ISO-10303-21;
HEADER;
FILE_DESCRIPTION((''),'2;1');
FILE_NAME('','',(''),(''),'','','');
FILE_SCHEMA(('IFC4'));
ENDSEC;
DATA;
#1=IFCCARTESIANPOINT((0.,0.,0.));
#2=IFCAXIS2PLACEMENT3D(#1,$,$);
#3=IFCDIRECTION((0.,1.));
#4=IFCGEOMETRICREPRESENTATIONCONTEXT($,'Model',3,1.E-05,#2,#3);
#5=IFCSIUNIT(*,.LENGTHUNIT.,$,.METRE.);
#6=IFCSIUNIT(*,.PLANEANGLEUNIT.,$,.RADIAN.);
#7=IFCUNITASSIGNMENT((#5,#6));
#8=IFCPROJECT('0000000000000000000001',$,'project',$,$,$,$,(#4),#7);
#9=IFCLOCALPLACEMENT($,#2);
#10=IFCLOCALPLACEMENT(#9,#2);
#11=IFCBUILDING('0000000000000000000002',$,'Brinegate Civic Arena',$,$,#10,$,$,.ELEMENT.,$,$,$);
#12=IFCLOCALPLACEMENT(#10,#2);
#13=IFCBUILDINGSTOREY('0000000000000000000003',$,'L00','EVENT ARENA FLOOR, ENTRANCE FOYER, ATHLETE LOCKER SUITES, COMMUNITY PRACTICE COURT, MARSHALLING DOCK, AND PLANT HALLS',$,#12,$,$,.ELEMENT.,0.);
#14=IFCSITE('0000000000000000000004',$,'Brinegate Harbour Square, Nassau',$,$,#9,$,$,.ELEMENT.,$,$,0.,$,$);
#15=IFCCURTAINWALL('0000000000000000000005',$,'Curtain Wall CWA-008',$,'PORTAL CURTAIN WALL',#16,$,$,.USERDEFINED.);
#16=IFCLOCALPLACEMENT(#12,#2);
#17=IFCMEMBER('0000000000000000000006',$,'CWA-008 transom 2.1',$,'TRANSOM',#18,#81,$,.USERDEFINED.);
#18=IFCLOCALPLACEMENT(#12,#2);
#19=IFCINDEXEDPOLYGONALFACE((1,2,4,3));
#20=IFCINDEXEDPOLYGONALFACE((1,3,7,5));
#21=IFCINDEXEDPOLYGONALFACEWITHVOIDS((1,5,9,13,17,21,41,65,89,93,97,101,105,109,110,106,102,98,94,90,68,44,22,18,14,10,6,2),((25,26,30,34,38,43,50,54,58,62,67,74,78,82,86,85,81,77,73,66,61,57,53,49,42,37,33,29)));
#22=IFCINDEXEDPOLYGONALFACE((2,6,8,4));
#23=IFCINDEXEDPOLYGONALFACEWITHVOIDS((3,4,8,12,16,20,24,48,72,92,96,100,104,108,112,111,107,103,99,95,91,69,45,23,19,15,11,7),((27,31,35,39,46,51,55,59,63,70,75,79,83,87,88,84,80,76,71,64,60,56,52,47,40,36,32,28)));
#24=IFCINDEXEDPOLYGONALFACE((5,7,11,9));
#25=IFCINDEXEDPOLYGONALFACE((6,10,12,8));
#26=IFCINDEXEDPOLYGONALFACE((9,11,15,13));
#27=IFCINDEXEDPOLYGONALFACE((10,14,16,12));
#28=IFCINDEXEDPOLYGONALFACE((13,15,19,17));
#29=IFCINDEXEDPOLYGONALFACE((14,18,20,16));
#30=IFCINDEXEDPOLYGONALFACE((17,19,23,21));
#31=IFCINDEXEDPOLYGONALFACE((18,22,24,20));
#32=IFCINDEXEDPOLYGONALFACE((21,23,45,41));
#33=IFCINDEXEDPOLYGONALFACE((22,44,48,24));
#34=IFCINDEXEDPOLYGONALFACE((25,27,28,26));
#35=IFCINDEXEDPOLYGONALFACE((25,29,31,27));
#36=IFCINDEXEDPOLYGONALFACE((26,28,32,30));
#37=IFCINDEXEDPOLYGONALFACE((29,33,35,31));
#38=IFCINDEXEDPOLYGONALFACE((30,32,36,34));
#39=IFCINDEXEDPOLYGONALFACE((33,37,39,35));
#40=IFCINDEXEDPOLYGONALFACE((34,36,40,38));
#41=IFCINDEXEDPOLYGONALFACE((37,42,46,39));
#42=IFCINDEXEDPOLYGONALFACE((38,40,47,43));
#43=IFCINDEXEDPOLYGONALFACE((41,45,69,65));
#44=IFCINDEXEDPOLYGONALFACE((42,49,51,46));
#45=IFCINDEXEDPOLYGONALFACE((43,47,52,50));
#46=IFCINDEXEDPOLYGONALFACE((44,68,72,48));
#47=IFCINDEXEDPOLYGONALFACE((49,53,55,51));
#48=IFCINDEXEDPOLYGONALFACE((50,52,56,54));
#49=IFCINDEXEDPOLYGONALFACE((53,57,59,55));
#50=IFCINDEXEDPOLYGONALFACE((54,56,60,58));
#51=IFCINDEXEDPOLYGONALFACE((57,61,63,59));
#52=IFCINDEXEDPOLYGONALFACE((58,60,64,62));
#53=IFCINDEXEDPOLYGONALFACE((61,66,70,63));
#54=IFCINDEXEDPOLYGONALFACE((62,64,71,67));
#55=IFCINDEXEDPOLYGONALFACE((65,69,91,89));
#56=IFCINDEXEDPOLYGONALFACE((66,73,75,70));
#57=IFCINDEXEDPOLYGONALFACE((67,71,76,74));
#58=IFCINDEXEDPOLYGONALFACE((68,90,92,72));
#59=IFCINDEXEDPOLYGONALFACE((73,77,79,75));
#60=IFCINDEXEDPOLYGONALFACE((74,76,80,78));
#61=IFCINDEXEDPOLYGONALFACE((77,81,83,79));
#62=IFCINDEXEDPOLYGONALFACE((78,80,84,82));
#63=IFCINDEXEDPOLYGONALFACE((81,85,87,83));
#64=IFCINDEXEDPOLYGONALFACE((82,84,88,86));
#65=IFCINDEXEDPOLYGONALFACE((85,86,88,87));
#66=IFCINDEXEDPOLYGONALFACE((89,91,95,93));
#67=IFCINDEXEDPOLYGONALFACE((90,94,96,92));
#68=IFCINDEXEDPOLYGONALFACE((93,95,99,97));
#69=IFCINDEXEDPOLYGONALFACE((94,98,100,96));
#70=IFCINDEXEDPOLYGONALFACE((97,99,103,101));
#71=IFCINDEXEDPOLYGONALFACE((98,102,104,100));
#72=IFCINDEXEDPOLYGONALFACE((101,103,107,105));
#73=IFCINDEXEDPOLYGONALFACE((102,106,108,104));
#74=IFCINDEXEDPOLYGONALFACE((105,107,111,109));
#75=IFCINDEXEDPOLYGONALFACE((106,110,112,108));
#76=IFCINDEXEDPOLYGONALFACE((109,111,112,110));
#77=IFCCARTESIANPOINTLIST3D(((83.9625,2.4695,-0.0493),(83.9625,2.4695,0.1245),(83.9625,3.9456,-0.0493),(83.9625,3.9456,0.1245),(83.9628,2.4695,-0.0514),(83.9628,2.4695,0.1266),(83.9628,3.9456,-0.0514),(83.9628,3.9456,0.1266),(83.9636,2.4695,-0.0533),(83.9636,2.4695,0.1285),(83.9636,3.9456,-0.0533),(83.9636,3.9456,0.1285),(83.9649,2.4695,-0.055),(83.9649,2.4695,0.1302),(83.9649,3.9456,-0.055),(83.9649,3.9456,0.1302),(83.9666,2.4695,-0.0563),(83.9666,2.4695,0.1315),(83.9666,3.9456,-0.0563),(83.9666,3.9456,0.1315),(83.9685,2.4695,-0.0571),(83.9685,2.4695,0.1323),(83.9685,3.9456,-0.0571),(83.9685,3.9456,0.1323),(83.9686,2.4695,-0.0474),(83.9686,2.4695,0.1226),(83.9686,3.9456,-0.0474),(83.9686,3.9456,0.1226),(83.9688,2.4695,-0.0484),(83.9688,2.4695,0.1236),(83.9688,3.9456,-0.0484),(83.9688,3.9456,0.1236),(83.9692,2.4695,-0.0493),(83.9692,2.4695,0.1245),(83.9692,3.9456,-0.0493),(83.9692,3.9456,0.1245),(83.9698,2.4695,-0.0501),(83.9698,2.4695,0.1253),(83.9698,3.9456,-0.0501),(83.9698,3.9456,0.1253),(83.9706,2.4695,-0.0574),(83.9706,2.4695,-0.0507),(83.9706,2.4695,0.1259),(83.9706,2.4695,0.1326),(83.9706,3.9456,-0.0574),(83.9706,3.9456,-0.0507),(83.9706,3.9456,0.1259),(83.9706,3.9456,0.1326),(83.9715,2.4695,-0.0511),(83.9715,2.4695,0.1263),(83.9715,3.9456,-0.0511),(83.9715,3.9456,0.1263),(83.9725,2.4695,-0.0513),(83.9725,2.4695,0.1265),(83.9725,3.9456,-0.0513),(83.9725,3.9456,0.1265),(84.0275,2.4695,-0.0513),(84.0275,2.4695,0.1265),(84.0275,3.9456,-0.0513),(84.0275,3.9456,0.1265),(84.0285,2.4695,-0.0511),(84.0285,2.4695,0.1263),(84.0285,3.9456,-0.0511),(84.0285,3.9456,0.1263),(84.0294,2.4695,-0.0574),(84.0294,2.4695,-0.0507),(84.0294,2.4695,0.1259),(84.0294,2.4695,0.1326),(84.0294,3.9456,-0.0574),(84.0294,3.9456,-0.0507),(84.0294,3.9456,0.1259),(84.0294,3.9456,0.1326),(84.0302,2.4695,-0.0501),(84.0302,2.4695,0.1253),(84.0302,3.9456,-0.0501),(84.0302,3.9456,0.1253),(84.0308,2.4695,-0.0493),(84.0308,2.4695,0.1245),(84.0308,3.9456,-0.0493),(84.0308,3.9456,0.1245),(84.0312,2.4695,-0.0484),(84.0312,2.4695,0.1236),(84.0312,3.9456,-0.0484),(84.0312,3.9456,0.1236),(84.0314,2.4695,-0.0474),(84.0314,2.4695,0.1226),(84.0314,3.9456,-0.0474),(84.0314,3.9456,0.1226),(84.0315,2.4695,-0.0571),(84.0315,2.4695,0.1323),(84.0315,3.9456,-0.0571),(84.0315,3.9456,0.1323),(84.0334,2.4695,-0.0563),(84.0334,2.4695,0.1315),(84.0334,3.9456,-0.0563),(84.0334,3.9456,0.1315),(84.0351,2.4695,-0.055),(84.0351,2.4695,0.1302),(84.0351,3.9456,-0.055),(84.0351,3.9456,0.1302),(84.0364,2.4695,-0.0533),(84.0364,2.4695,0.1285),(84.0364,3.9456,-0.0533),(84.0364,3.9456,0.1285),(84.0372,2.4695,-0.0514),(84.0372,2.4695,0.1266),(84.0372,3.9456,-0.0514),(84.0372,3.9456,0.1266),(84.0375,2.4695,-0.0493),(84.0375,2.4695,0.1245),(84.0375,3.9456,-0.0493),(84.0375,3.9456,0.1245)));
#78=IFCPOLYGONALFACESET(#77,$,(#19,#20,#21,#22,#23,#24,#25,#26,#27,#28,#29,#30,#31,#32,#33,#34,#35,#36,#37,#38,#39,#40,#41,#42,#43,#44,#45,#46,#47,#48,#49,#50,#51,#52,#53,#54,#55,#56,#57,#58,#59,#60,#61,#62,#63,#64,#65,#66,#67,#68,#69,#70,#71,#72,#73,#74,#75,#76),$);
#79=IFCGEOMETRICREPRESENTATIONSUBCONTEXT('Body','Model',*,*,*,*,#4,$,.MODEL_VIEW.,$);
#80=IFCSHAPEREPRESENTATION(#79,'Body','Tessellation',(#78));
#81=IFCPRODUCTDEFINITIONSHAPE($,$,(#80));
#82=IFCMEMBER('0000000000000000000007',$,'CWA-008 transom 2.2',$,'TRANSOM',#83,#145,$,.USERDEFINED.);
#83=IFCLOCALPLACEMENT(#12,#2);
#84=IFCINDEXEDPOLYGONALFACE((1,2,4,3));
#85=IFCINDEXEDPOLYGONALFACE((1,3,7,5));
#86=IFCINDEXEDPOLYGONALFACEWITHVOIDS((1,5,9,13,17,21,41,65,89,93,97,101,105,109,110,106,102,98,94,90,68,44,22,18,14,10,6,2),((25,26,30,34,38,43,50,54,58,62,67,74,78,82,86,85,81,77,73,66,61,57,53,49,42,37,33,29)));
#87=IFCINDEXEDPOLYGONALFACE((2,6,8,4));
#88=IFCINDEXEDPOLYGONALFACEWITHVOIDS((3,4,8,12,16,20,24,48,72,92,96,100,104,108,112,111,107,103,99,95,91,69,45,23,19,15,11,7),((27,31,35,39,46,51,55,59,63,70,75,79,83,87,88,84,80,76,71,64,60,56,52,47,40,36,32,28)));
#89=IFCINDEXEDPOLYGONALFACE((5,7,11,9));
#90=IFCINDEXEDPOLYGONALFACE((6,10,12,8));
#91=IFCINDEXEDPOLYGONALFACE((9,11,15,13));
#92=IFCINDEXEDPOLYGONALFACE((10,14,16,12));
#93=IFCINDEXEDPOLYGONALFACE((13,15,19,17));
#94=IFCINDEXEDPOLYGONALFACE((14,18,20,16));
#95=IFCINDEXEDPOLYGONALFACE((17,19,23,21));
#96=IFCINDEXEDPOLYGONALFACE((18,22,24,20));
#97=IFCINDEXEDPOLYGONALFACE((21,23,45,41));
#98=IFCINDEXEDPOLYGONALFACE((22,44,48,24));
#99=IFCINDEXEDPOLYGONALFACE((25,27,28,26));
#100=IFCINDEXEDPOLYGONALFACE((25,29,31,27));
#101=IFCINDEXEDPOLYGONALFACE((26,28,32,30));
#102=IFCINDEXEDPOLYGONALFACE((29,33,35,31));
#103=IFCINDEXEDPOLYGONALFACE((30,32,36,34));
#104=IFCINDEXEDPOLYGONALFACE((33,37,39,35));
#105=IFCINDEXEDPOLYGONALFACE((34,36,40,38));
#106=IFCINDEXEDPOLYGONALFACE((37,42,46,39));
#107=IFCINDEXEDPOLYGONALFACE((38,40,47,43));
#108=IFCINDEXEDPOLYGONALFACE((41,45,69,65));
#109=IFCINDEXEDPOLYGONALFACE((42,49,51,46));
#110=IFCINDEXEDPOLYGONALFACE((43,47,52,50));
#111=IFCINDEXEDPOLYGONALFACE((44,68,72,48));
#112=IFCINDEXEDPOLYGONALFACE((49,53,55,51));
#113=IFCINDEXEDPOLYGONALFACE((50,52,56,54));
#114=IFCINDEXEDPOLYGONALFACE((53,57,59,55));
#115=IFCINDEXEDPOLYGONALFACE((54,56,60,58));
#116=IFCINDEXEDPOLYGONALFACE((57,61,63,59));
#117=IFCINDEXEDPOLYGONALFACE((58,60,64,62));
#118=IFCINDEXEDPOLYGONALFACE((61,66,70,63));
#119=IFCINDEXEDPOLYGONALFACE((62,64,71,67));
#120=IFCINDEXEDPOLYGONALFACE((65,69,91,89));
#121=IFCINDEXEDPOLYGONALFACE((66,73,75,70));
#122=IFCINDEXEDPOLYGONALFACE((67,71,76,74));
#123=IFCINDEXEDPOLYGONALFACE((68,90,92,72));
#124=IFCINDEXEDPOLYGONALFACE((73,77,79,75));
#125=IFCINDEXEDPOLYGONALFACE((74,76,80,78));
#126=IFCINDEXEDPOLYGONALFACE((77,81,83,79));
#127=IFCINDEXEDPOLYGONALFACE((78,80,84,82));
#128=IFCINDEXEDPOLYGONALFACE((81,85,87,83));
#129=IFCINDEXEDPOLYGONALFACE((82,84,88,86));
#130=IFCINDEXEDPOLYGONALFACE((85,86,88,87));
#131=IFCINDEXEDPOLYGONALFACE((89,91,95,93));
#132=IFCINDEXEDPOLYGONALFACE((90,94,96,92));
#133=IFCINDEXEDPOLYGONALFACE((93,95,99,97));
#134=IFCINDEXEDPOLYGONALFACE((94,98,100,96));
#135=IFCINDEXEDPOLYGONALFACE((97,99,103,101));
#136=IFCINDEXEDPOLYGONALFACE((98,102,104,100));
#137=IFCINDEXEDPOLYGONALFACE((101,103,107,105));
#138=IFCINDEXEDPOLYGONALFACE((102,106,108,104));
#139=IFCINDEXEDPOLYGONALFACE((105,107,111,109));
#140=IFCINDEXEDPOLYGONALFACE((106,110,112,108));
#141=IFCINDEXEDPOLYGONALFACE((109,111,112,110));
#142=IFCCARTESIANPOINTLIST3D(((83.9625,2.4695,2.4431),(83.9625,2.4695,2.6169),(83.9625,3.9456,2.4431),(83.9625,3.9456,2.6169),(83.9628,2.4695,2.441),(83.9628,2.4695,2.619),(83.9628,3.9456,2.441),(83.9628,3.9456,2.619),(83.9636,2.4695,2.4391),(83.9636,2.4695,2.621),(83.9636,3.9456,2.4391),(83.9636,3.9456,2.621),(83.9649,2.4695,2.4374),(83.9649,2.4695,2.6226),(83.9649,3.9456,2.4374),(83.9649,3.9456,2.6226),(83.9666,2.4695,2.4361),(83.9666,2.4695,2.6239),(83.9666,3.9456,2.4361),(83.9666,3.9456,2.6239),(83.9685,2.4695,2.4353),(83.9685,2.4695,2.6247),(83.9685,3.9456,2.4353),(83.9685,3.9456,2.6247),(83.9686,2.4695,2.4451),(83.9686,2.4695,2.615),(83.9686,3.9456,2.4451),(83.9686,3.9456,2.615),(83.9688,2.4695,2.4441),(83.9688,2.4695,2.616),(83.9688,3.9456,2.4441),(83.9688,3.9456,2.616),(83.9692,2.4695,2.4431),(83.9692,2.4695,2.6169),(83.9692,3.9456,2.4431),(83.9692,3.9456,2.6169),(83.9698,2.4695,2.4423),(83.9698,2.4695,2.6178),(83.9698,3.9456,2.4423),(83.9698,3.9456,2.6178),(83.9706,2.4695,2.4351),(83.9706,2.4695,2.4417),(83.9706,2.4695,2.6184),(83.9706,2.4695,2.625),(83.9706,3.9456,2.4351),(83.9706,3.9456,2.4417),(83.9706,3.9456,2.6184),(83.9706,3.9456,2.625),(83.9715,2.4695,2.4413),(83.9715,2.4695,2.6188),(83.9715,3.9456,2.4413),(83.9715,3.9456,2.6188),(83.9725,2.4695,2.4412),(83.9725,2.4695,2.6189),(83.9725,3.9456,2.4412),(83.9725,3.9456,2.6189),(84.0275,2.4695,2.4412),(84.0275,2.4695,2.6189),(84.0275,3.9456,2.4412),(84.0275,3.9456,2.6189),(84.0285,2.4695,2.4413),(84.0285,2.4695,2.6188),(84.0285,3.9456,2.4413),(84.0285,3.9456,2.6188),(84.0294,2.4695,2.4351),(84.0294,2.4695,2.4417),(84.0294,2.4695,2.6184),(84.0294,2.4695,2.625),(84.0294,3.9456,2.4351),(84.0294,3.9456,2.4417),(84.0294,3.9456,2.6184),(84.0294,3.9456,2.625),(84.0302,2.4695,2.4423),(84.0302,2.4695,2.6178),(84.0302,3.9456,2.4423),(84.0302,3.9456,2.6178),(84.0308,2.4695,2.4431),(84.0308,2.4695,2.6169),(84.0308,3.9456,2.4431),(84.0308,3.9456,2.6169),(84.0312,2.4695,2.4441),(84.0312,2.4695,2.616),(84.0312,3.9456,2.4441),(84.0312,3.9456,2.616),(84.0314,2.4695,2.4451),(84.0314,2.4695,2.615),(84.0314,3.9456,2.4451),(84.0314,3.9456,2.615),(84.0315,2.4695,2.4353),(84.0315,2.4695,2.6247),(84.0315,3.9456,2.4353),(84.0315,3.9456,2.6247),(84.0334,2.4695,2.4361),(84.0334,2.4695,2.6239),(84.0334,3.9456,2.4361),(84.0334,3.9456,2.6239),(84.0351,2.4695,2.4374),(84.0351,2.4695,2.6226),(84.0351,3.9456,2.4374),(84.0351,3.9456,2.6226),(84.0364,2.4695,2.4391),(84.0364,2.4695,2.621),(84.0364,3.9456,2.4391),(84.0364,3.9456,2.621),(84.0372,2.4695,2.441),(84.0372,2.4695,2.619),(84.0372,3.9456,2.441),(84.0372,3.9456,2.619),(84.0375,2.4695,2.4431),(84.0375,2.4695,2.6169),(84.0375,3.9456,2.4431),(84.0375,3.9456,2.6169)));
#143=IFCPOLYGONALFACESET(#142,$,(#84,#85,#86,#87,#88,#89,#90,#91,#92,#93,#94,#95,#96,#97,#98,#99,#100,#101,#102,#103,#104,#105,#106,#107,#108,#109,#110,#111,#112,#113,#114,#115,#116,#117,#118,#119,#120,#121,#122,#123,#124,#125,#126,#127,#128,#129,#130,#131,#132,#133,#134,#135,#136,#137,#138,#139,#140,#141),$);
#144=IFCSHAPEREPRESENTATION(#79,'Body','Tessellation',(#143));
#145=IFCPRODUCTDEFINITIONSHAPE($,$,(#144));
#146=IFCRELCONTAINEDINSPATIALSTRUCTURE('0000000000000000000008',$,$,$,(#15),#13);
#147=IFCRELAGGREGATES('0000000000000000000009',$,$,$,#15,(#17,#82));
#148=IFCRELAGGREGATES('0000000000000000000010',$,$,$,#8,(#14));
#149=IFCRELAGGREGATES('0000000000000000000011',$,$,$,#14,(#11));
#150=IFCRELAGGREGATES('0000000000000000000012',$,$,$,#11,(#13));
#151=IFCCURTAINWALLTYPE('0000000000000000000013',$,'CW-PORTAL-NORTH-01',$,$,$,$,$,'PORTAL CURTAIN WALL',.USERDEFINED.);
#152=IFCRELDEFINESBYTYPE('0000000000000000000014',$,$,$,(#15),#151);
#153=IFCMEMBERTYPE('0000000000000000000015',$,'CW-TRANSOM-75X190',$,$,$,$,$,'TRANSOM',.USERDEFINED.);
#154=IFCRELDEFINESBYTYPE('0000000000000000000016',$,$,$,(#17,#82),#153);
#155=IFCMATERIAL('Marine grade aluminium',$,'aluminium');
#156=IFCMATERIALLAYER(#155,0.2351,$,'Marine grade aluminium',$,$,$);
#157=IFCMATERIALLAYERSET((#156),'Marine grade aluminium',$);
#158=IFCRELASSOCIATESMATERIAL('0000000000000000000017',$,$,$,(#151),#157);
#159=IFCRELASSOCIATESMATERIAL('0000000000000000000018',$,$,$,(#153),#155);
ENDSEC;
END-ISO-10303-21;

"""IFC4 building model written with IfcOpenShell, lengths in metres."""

from ifc_helpers import new_model, si_unit, direction, frame, origin, origin_2d, place, context, subcontext, project, spatial, hollow_rectangle, extrude, material, layer, layer_set, material_profile, profile_set, type_object, element, aggregate, save


model = new_model("IFC4")

# Units and contexts
model_context = context("Model", 3, precision=1e-05, world=origin(), true_north=direction((0.0, 1.0)))
body_context = subcontext(model_context, "Body", "Model", "MODEL_VIEW")
ifc_project = project(units=[si_unit("LENGTHUNIT", "METRE"), si_unit("PLANEANGLEUNIT", "RADIAN")], contexts=[model_context])

# Site, building, storey
site_placement = place(None, origin())
site = spatial("IfcSite", under=ifc_project, at=site_placement, Name="Brinegate Harbour Square, Nassau", CompositionType="ELEMENT", RefElevation=0.0)
building_placement = place(site_placement, origin())
building = spatial("IfcBuilding", under=site, at=building_placement, Name="Brinegate Civic Arena", CompositionType="ELEMENT")
storey_placement = place(building_placement, origin())
storey = spatial("IfcBuildingStorey", under=building, at=storey_placement, Name="L00", Description="EVENT ARENA FLOOR, ENTRANCE FOYER, ATHLETE LOCKER SUITES, COMMUNITY PRACTICE COURT, MARSHALLING DOCK, AND PLANT HALLS", CompositionType="ELEMENT", Elevation=0.0)

# Curtain wall, members
ifc_material_1 = material(Name="Marine grade aluminium", Category="aluminium")
ifc_layer_1 = layer(ifc_material_1, 0.2351, Name="Marine grade aluminium")
ifc_layer_set_1 = layer_set([ifc_layer_1], Name="Marine grade aluminium")
curtain_wall_type = type_object("IfcCurtainWallType", Name="CW-PORTAL-NORTH-01", ElementType="PORTAL CURTAIN WALL", PredefinedType="USERDEFINED", material=ifc_layer_set_1)
curtain_wall_placement = place(storey_placement, origin())
curtain_wall = element("IfcCurtainWall", 1, at=curtain_wall_placement, inside=storey, type_object=curtain_wall_type, Name="Curtain Wall CWA-008", ObjectType="PORTAL CURTAIN WALL", PredefinedType="USERDEFINED")
ifc_material_profile_1 = material_profile(ifc_material_1, hollow_rectangle(XDim=0.075, YDim=0.1899, WallThickness=0.0061, InnerFilletRadius=0.0039, OuterFilletRadius=0.0081, at=origin_2d()), Name="TRN75X190")
ifc_profile_set_1 = profile_set([ifc_material_profile_1], Name="Marine grade aluminium")
member_type_1 = type_object("IfcMemberType", Name="CW-TRANSOM-75X190", ElementType="TRANSOM", PredefinedType="USERDEFINED", material=ifc_profile_set_1)
member_1_placement = place(storey_placement, frame((84.0, 2.4695, 0.0376), z_axis=(0.0, 1.0, 0.0), x_axis=(-1.0, 0.0, 0.0)))
member_1 = element("IfcMember", 2, at=member_1_placement, type_object=member_type_1, Name="CWA-008 transom 2.1", ObjectType="TRANSOM", PredefinedType="USERDEFINED", context=body_context, shape_type="SweptSolid", body=[
    extrude(hollow_rectangle(XDim=0.075, YDim=0.1899, WallThickness=0.0061, InnerFilletRadius=0.0039, OuterFilletRadius=0.0081, at=origin_2d()), origin(), (0.0, 0.0, 1.0), 1.4761),
])
member_2_placement = place(storey_placement, frame((84.0, 2.4695, 2.53), z_axis=(0.0, 1.0, 0.0), x_axis=(-1.0, 0.0, 0.0)))
member_2 = element("IfcMember", 3, at=member_2_placement, type_object=member_type_1, Name="CWA-008 transom 2.2", ObjectType="TRANSOM", PredefinedType="USERDEFINED", context=body_context, shape_type="SweptSolid", body=[
    extrude(hollow_rectangle(XDim=0.075, YDim=0.1899, WallThickness=0.0061, InnerFilletRadius=0.0039, OuterFilletRadius=0.0081, at=origin_2d()), origin(), (0.0, 0.0, 1.0), 1.4761),
])
aggregate(curtain_wall, [member_1, member_2])

save(model, "model.ifc")
